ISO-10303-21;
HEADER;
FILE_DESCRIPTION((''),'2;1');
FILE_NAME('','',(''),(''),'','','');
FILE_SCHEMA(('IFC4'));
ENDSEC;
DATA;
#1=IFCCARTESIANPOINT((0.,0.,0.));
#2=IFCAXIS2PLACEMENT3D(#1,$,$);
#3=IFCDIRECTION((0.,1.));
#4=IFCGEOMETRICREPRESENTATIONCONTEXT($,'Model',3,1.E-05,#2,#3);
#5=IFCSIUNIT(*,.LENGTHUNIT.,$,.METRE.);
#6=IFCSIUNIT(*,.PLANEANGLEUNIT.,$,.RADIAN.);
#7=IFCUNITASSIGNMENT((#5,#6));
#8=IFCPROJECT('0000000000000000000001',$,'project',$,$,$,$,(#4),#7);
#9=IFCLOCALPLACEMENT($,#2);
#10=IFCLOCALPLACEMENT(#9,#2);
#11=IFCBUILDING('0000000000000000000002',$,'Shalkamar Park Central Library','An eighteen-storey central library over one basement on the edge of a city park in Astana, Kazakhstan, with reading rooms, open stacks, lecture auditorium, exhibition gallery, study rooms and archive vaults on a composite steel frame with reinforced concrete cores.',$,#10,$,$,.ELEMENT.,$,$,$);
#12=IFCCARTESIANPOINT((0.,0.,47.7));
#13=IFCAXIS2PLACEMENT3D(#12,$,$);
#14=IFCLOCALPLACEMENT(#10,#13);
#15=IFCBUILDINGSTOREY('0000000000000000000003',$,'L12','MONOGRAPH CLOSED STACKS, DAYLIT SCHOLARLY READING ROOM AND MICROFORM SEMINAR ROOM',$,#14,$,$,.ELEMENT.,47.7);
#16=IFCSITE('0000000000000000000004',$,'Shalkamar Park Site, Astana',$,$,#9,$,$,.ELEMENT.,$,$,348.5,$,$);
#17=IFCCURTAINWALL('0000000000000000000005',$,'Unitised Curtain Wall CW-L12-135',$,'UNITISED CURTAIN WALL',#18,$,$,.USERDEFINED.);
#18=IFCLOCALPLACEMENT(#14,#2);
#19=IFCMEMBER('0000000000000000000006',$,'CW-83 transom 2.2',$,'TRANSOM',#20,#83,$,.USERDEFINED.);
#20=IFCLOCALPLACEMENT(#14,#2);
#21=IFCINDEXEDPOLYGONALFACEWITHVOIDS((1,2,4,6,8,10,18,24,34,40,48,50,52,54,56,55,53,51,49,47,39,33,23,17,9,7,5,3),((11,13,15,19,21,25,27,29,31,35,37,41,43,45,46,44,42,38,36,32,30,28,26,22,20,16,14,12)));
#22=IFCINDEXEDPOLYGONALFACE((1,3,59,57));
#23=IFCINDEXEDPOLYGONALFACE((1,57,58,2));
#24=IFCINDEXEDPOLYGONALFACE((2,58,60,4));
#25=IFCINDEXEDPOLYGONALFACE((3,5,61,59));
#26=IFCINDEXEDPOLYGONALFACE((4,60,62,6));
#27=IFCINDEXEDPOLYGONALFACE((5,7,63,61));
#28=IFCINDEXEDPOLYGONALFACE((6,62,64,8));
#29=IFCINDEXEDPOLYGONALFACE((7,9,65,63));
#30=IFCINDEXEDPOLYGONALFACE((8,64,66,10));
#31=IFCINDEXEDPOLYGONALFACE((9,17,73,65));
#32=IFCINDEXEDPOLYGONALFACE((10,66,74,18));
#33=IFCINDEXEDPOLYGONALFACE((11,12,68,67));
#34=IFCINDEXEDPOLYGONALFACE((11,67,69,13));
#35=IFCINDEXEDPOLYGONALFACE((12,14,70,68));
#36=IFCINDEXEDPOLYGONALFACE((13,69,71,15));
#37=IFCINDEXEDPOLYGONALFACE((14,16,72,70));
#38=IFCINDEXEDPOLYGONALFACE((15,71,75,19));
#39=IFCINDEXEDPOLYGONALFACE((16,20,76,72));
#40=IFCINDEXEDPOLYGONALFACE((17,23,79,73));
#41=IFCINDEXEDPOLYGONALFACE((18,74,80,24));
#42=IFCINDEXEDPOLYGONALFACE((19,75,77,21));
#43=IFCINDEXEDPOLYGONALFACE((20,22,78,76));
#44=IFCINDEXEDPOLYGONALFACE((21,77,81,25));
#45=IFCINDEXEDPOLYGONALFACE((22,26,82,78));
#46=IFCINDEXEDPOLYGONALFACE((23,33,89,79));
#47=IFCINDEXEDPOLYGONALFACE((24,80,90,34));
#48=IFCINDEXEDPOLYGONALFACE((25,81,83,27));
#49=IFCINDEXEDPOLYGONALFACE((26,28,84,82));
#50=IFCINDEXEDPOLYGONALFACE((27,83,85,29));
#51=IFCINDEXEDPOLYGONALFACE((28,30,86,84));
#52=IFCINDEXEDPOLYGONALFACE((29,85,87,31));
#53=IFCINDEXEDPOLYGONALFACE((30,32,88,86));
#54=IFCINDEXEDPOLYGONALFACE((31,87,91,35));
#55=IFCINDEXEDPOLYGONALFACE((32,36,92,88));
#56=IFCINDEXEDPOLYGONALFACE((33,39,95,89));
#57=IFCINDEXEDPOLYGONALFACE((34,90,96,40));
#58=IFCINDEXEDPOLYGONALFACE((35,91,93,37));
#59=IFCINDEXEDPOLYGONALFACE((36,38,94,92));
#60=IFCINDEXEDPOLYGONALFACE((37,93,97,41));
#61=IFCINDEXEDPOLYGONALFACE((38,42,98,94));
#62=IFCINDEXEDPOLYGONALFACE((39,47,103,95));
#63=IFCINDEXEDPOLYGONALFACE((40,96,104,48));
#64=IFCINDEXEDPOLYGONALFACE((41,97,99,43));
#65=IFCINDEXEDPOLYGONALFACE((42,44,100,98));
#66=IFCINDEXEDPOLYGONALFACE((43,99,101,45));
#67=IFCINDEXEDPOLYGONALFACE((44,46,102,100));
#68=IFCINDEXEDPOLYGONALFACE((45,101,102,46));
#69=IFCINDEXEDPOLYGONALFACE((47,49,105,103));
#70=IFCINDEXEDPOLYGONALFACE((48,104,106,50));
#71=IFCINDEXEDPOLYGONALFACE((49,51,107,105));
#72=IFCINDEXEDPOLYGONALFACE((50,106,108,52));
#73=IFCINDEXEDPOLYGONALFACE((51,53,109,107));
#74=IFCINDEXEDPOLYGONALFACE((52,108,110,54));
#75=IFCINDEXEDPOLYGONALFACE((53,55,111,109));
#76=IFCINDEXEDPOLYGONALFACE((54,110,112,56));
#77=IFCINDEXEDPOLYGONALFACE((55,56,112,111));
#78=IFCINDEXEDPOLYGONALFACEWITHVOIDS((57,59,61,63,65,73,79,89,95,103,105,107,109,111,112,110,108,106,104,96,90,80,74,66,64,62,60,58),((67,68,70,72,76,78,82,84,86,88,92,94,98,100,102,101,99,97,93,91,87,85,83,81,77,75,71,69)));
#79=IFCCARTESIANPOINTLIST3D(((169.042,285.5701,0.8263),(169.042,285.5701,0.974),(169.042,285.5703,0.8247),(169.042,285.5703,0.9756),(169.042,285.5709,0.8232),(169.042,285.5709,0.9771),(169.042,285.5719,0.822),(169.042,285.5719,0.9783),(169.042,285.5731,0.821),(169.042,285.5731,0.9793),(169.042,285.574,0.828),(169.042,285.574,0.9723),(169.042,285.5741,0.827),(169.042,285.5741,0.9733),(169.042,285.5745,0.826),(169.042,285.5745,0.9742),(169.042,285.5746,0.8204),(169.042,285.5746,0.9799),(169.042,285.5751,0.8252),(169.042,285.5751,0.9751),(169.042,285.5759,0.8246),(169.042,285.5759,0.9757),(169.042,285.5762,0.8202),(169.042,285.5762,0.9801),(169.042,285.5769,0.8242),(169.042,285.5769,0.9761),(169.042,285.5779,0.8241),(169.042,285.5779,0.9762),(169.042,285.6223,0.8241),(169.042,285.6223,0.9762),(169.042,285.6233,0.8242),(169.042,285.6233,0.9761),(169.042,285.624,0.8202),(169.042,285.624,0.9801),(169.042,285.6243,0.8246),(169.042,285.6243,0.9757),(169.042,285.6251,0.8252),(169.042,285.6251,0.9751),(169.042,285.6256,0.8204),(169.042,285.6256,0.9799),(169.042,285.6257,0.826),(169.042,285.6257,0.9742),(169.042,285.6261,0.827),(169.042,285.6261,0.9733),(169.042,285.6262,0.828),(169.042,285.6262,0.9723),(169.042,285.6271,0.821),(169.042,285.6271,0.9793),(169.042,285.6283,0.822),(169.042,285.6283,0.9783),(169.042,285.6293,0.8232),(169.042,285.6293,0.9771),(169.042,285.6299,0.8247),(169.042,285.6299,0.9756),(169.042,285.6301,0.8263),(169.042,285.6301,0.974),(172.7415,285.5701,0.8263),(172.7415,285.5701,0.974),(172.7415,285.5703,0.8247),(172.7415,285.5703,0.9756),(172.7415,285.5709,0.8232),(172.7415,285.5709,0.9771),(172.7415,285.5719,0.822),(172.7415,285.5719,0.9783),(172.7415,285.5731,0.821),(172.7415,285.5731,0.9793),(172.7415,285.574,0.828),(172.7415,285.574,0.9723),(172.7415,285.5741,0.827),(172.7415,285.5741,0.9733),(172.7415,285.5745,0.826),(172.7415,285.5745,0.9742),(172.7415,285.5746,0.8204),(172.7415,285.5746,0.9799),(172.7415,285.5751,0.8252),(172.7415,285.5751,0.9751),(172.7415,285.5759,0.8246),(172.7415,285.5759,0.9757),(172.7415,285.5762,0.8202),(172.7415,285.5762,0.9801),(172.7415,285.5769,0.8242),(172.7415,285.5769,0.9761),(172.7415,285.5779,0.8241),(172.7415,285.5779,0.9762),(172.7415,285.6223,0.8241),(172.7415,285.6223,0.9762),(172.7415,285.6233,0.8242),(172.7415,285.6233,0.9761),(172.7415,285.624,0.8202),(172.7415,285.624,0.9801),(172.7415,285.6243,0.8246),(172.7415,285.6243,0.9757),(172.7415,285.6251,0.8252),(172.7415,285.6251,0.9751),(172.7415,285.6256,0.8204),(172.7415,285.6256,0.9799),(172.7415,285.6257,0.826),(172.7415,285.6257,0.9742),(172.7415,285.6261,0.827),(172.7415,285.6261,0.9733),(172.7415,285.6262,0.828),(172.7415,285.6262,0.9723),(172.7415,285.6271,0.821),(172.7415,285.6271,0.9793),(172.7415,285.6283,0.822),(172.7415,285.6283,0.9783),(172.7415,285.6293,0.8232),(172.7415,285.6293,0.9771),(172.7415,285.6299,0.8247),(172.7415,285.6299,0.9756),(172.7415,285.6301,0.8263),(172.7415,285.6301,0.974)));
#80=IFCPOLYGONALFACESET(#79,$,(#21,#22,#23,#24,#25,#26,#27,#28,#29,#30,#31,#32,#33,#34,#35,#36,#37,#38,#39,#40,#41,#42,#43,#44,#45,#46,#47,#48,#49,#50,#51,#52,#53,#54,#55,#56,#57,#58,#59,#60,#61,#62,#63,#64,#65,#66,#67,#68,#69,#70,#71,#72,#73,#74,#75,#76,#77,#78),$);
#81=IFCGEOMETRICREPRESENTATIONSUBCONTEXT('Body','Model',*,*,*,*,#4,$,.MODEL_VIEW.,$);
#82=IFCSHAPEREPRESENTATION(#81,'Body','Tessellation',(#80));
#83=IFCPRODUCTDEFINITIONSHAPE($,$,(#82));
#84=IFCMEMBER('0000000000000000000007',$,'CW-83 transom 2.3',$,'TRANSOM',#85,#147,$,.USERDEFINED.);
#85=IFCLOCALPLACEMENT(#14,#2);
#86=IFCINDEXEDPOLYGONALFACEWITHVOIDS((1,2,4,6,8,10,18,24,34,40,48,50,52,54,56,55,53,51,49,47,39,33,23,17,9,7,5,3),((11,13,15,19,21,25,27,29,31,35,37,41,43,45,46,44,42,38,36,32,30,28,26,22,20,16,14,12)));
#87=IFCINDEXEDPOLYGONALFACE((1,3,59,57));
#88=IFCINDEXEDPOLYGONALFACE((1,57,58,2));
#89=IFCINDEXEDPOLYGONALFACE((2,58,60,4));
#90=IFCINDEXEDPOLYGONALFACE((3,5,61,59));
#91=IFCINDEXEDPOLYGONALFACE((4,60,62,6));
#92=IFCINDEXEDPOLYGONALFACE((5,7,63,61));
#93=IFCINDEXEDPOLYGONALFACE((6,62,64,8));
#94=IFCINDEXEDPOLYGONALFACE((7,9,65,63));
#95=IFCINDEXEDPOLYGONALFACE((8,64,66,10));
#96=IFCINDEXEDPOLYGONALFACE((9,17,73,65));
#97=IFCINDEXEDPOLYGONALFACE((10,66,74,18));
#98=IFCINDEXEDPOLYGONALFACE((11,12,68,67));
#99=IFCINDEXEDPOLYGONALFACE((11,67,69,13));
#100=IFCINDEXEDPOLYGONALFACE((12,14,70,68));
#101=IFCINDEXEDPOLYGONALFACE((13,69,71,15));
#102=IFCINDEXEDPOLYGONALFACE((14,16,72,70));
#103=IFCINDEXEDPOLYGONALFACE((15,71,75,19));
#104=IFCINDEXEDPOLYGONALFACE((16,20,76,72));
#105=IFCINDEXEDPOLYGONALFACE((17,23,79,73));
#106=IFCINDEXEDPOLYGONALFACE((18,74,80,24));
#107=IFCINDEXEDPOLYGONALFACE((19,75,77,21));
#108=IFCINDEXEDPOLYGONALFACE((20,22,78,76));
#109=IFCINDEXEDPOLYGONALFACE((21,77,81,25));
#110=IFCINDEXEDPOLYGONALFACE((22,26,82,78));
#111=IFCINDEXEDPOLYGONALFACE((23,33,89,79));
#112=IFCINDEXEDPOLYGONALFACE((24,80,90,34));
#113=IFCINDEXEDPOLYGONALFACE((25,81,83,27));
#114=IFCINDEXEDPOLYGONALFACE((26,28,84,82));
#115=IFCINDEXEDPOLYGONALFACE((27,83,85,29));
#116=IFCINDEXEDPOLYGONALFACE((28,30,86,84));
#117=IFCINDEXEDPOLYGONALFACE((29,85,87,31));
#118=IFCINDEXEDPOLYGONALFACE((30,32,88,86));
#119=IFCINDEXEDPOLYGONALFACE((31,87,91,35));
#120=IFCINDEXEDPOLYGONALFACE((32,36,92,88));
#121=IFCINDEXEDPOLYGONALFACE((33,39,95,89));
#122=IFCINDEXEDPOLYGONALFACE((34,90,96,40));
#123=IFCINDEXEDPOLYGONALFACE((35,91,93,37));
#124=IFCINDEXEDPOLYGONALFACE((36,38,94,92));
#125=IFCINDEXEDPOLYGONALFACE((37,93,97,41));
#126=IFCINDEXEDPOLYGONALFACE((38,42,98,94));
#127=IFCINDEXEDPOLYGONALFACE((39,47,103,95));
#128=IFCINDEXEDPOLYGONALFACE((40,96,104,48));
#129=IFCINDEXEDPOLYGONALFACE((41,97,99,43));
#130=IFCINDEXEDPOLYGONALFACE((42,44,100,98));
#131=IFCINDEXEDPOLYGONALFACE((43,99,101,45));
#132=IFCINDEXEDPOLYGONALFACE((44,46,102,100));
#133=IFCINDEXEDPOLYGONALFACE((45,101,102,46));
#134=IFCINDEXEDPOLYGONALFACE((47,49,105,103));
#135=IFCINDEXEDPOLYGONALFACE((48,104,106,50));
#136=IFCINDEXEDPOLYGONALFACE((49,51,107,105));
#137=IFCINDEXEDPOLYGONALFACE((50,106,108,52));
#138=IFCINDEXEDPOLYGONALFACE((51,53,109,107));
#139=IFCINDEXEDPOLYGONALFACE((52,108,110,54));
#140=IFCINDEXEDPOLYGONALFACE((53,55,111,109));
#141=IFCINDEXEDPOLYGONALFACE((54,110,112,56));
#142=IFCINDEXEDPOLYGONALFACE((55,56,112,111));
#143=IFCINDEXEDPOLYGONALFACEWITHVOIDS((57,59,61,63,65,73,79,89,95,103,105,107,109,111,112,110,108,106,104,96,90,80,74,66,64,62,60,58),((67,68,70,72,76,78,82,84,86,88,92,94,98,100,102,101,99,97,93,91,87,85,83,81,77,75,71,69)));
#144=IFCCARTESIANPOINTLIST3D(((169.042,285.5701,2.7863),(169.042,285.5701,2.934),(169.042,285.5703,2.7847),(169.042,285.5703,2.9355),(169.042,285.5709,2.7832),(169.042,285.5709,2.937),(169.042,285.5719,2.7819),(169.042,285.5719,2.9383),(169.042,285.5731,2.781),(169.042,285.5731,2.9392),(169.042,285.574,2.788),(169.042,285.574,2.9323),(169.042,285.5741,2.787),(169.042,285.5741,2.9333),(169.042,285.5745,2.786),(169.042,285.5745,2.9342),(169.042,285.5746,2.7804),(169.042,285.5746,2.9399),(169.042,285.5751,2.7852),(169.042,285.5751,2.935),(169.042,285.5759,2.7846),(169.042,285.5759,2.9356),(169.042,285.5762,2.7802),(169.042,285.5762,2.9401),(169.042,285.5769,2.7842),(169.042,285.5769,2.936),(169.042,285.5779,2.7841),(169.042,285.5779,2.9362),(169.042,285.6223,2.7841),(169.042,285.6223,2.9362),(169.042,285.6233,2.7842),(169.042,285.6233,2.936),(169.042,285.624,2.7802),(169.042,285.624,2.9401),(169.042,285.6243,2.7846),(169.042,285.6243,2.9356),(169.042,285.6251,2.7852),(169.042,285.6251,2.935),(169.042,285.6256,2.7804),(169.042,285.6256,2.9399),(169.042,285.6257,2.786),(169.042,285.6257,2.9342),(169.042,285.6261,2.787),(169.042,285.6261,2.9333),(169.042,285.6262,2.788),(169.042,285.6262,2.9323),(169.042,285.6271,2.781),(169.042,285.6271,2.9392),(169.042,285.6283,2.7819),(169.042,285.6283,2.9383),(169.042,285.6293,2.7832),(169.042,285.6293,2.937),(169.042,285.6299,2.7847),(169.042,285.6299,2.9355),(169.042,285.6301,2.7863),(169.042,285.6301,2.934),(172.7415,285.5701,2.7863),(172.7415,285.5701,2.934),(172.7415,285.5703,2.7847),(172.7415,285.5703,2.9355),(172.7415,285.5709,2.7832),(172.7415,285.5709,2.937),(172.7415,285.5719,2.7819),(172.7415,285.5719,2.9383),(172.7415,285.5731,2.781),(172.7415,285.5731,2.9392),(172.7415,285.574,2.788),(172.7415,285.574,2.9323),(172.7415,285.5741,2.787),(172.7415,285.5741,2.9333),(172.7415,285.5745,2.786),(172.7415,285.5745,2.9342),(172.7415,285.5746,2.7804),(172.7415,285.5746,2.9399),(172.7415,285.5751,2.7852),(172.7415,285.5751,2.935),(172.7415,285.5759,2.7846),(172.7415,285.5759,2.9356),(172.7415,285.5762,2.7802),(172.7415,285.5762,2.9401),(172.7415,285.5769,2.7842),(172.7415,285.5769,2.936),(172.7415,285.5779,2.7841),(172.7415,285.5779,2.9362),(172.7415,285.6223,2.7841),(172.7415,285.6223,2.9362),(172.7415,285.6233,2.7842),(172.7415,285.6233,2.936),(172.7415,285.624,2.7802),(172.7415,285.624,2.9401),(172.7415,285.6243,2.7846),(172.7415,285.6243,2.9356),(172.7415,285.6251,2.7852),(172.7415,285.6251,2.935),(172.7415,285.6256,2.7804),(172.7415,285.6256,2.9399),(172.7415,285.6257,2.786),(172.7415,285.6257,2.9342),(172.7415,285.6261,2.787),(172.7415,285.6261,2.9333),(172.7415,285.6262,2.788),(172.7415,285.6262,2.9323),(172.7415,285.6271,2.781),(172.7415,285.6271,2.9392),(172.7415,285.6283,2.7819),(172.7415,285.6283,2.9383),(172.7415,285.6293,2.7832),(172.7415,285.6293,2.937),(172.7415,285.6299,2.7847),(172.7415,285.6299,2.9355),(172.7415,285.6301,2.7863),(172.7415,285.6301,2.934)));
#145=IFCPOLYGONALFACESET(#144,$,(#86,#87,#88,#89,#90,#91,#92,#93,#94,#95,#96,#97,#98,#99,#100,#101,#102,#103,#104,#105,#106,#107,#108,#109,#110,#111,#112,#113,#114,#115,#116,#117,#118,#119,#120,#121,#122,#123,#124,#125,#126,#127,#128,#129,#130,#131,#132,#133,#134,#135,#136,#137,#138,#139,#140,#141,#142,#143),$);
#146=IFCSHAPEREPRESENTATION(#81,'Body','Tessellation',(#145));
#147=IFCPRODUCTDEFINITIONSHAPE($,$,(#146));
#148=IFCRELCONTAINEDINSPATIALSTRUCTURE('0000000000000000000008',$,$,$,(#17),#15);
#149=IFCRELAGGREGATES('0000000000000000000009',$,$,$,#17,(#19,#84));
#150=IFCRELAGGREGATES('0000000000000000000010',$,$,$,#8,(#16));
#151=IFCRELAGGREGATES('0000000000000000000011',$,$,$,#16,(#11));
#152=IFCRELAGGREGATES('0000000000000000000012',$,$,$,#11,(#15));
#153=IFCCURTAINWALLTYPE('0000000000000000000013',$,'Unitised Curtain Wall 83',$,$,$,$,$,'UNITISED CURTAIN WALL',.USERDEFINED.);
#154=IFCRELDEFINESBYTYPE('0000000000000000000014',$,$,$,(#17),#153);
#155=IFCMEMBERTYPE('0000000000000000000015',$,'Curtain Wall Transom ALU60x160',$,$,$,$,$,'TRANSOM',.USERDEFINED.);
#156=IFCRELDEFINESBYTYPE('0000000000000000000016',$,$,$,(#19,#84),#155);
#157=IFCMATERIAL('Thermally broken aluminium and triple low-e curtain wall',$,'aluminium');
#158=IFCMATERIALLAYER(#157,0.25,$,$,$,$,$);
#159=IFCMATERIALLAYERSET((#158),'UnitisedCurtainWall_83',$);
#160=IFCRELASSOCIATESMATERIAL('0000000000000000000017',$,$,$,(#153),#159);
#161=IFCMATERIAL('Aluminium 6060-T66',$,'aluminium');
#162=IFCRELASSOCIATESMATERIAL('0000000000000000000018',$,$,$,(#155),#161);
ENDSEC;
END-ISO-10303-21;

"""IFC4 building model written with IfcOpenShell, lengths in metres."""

from ifc_helpers import new_model, si_unit, direction, frame, origin, origin_2d, place, context, subcontext, project, spatial, hollow_rectangle, extrude, material, layer, layer_set, material_profile, profile_set, type_object, element, aggregate, save


model = new_model("IFC4")

# Units and contexts
model_context = context("Model", 3, precision=1e-05, world=origin(), true_north=direction((0.0, 1.0)))
body_context = subcontext(model_context, "Body", "Model", "MODEL_VIEW")
ifc_project = project(units=[si_unit("LENGTHUNIT", "METRE"), si_unit("PLANEANGLEUNIT", "RADIAN")], contexts=[model_context])

# Site, building, storey
site_placement = place(None, origin())
site = spatial("IfcSite", under=ifc_project, at=site_placement, Name="Shalkamar Park Site, Astana", CompositionType="ELEMENT", RefElevation=348.5)
building_placement = place(site_placement, origin())
building = spatial("IfcBuilding", under=site, at=building_placement, Name="Shalkamar Park Central Library", Description="An eighteen-storey central library over one basement on the edge of a city park in Astana, Kazakhstan, with reading rooms, open stacks, lecture auditorium, exhibition gallery, study rooms and archive vaults on a composite steel frame with reinforced concrete cores.", CompositionType="ELEMENT")
storey_placement = place(building_placement, frame((0.0, 0.0, 47.7)))
storey = spatial("IfcBuildingStorey", under=building, at=storey_placement, Name="L12", Description="MONOGRAPH CLOSED STACKS, DAYLIT SCHOLARLY READING ROOM AND MICROFORM SEMINAR ROOM", CompositionType="ELEMENT", Elevation=47.7)

# Curtain wall
ifc_material_1 = material(Name="Thermally broken aluminium and triple low-e curtain wall", Category="aluminium")
ifc_layer_1 = layer(ifc_material_1, 0.25)
ifc_layer_set_1 = layer_set([ifc_layer_1], Name="UnitisedCurtainWall_83")
curtain_wall_type_1 = type_object("IfcCurtainWallType", Name="Unitised Curtain Wall 83", ElementType="UNITISED CURTAIN WALL", PredefinedType="USERDEFINED", material=ifc_layer_set_1)
curtain_wall_1_placement = place(storey_placement, origin())
curtain_wall_1 = element("IfcCurtainWall", 1, at=curtain_wall_1_placement, inside=storey, type_object=curtain_wall_type_1, Name="Unitised Curtain Wall CW-L12-135", ObjectType="UNITISED CURTAIN WALL", PredefinedType="USERDEFINED")
ifc_material_2 = material(Name="Aluminium 6060-T66", Category="aluminium")

# Members
ifc_material_profile_1 = material_profile(ifc_material_2, hollow_rectangle(XDim=0.0601, YDim=0.1599, WallThickness=0.0039, InnerFilletRadius=0.0039, OuterFilletRadius=0.0061, at=origin_2d()), Name="ALU 60x160x4")
ifc_profile_set_1 = profile_set([ifc_material_profile_1], Name="Aluminium 6060-T66")
member_type_1 = type_object("IfcMemberType", Name="Curtain Wall Transom ALU60x160", ElementType="TRANSOM", PredefinedType="USERDEFINED", material=ifc_profile_set_1)
member_1_placement = place(storey_placement, frame((169.042, 285.6001, 0.9001), z_axis=(1.0, 0.0, 0.0), x_axis=(0.0, 1.0, 0.0)))
member_1 = element("IfcMember", 2, at=member_1_placement, type_object=member_type_1, Name="CW-83 transom 2.2", ObjectType="TRANSOM", PredefinedType="USERDEFINED", context=body_context, shape_type="SweptSolid", body=[
    extrude(hollow_rectangle(XDim=0.0601, YDim=0.1599, WallThickness=0.0039, InnerFilletRadius=0.0039, OuterFilletRadius=0.0061, at=origin_2d()), origin(), (0.0, 0.0, 1.0), 3.6995),
])
member_2_placement = place(storey_placement, frame((169.042, 285.6001, 2.8601), z_axis=(1.0, 0.0, 0.0), x_axis=(0.0, 1.0, 0.0)))
member_2 = element("IfcMember", 3, at=member_2_placement, type_object=member_type_1, Name="CW-83 transom 2.3", ObjectType="TRANSOM", PredefinedType="USERDEFINED", context=body_context, shape_type="SweptSolid", body=[
    extrude(hollow_rectangle(XDim=0.0601, YDim=0.1599, WallThickness=0.0039, InnerFilletRadius=0.0039, OuterFilletRadius=0.0061, at=origin_2d()), origin(), (0.0, 0.0, 1.0), 3.6995),
])

aggregate(curtain_wall_1, [member_1, member_2])

save(model, "model.ifc")
